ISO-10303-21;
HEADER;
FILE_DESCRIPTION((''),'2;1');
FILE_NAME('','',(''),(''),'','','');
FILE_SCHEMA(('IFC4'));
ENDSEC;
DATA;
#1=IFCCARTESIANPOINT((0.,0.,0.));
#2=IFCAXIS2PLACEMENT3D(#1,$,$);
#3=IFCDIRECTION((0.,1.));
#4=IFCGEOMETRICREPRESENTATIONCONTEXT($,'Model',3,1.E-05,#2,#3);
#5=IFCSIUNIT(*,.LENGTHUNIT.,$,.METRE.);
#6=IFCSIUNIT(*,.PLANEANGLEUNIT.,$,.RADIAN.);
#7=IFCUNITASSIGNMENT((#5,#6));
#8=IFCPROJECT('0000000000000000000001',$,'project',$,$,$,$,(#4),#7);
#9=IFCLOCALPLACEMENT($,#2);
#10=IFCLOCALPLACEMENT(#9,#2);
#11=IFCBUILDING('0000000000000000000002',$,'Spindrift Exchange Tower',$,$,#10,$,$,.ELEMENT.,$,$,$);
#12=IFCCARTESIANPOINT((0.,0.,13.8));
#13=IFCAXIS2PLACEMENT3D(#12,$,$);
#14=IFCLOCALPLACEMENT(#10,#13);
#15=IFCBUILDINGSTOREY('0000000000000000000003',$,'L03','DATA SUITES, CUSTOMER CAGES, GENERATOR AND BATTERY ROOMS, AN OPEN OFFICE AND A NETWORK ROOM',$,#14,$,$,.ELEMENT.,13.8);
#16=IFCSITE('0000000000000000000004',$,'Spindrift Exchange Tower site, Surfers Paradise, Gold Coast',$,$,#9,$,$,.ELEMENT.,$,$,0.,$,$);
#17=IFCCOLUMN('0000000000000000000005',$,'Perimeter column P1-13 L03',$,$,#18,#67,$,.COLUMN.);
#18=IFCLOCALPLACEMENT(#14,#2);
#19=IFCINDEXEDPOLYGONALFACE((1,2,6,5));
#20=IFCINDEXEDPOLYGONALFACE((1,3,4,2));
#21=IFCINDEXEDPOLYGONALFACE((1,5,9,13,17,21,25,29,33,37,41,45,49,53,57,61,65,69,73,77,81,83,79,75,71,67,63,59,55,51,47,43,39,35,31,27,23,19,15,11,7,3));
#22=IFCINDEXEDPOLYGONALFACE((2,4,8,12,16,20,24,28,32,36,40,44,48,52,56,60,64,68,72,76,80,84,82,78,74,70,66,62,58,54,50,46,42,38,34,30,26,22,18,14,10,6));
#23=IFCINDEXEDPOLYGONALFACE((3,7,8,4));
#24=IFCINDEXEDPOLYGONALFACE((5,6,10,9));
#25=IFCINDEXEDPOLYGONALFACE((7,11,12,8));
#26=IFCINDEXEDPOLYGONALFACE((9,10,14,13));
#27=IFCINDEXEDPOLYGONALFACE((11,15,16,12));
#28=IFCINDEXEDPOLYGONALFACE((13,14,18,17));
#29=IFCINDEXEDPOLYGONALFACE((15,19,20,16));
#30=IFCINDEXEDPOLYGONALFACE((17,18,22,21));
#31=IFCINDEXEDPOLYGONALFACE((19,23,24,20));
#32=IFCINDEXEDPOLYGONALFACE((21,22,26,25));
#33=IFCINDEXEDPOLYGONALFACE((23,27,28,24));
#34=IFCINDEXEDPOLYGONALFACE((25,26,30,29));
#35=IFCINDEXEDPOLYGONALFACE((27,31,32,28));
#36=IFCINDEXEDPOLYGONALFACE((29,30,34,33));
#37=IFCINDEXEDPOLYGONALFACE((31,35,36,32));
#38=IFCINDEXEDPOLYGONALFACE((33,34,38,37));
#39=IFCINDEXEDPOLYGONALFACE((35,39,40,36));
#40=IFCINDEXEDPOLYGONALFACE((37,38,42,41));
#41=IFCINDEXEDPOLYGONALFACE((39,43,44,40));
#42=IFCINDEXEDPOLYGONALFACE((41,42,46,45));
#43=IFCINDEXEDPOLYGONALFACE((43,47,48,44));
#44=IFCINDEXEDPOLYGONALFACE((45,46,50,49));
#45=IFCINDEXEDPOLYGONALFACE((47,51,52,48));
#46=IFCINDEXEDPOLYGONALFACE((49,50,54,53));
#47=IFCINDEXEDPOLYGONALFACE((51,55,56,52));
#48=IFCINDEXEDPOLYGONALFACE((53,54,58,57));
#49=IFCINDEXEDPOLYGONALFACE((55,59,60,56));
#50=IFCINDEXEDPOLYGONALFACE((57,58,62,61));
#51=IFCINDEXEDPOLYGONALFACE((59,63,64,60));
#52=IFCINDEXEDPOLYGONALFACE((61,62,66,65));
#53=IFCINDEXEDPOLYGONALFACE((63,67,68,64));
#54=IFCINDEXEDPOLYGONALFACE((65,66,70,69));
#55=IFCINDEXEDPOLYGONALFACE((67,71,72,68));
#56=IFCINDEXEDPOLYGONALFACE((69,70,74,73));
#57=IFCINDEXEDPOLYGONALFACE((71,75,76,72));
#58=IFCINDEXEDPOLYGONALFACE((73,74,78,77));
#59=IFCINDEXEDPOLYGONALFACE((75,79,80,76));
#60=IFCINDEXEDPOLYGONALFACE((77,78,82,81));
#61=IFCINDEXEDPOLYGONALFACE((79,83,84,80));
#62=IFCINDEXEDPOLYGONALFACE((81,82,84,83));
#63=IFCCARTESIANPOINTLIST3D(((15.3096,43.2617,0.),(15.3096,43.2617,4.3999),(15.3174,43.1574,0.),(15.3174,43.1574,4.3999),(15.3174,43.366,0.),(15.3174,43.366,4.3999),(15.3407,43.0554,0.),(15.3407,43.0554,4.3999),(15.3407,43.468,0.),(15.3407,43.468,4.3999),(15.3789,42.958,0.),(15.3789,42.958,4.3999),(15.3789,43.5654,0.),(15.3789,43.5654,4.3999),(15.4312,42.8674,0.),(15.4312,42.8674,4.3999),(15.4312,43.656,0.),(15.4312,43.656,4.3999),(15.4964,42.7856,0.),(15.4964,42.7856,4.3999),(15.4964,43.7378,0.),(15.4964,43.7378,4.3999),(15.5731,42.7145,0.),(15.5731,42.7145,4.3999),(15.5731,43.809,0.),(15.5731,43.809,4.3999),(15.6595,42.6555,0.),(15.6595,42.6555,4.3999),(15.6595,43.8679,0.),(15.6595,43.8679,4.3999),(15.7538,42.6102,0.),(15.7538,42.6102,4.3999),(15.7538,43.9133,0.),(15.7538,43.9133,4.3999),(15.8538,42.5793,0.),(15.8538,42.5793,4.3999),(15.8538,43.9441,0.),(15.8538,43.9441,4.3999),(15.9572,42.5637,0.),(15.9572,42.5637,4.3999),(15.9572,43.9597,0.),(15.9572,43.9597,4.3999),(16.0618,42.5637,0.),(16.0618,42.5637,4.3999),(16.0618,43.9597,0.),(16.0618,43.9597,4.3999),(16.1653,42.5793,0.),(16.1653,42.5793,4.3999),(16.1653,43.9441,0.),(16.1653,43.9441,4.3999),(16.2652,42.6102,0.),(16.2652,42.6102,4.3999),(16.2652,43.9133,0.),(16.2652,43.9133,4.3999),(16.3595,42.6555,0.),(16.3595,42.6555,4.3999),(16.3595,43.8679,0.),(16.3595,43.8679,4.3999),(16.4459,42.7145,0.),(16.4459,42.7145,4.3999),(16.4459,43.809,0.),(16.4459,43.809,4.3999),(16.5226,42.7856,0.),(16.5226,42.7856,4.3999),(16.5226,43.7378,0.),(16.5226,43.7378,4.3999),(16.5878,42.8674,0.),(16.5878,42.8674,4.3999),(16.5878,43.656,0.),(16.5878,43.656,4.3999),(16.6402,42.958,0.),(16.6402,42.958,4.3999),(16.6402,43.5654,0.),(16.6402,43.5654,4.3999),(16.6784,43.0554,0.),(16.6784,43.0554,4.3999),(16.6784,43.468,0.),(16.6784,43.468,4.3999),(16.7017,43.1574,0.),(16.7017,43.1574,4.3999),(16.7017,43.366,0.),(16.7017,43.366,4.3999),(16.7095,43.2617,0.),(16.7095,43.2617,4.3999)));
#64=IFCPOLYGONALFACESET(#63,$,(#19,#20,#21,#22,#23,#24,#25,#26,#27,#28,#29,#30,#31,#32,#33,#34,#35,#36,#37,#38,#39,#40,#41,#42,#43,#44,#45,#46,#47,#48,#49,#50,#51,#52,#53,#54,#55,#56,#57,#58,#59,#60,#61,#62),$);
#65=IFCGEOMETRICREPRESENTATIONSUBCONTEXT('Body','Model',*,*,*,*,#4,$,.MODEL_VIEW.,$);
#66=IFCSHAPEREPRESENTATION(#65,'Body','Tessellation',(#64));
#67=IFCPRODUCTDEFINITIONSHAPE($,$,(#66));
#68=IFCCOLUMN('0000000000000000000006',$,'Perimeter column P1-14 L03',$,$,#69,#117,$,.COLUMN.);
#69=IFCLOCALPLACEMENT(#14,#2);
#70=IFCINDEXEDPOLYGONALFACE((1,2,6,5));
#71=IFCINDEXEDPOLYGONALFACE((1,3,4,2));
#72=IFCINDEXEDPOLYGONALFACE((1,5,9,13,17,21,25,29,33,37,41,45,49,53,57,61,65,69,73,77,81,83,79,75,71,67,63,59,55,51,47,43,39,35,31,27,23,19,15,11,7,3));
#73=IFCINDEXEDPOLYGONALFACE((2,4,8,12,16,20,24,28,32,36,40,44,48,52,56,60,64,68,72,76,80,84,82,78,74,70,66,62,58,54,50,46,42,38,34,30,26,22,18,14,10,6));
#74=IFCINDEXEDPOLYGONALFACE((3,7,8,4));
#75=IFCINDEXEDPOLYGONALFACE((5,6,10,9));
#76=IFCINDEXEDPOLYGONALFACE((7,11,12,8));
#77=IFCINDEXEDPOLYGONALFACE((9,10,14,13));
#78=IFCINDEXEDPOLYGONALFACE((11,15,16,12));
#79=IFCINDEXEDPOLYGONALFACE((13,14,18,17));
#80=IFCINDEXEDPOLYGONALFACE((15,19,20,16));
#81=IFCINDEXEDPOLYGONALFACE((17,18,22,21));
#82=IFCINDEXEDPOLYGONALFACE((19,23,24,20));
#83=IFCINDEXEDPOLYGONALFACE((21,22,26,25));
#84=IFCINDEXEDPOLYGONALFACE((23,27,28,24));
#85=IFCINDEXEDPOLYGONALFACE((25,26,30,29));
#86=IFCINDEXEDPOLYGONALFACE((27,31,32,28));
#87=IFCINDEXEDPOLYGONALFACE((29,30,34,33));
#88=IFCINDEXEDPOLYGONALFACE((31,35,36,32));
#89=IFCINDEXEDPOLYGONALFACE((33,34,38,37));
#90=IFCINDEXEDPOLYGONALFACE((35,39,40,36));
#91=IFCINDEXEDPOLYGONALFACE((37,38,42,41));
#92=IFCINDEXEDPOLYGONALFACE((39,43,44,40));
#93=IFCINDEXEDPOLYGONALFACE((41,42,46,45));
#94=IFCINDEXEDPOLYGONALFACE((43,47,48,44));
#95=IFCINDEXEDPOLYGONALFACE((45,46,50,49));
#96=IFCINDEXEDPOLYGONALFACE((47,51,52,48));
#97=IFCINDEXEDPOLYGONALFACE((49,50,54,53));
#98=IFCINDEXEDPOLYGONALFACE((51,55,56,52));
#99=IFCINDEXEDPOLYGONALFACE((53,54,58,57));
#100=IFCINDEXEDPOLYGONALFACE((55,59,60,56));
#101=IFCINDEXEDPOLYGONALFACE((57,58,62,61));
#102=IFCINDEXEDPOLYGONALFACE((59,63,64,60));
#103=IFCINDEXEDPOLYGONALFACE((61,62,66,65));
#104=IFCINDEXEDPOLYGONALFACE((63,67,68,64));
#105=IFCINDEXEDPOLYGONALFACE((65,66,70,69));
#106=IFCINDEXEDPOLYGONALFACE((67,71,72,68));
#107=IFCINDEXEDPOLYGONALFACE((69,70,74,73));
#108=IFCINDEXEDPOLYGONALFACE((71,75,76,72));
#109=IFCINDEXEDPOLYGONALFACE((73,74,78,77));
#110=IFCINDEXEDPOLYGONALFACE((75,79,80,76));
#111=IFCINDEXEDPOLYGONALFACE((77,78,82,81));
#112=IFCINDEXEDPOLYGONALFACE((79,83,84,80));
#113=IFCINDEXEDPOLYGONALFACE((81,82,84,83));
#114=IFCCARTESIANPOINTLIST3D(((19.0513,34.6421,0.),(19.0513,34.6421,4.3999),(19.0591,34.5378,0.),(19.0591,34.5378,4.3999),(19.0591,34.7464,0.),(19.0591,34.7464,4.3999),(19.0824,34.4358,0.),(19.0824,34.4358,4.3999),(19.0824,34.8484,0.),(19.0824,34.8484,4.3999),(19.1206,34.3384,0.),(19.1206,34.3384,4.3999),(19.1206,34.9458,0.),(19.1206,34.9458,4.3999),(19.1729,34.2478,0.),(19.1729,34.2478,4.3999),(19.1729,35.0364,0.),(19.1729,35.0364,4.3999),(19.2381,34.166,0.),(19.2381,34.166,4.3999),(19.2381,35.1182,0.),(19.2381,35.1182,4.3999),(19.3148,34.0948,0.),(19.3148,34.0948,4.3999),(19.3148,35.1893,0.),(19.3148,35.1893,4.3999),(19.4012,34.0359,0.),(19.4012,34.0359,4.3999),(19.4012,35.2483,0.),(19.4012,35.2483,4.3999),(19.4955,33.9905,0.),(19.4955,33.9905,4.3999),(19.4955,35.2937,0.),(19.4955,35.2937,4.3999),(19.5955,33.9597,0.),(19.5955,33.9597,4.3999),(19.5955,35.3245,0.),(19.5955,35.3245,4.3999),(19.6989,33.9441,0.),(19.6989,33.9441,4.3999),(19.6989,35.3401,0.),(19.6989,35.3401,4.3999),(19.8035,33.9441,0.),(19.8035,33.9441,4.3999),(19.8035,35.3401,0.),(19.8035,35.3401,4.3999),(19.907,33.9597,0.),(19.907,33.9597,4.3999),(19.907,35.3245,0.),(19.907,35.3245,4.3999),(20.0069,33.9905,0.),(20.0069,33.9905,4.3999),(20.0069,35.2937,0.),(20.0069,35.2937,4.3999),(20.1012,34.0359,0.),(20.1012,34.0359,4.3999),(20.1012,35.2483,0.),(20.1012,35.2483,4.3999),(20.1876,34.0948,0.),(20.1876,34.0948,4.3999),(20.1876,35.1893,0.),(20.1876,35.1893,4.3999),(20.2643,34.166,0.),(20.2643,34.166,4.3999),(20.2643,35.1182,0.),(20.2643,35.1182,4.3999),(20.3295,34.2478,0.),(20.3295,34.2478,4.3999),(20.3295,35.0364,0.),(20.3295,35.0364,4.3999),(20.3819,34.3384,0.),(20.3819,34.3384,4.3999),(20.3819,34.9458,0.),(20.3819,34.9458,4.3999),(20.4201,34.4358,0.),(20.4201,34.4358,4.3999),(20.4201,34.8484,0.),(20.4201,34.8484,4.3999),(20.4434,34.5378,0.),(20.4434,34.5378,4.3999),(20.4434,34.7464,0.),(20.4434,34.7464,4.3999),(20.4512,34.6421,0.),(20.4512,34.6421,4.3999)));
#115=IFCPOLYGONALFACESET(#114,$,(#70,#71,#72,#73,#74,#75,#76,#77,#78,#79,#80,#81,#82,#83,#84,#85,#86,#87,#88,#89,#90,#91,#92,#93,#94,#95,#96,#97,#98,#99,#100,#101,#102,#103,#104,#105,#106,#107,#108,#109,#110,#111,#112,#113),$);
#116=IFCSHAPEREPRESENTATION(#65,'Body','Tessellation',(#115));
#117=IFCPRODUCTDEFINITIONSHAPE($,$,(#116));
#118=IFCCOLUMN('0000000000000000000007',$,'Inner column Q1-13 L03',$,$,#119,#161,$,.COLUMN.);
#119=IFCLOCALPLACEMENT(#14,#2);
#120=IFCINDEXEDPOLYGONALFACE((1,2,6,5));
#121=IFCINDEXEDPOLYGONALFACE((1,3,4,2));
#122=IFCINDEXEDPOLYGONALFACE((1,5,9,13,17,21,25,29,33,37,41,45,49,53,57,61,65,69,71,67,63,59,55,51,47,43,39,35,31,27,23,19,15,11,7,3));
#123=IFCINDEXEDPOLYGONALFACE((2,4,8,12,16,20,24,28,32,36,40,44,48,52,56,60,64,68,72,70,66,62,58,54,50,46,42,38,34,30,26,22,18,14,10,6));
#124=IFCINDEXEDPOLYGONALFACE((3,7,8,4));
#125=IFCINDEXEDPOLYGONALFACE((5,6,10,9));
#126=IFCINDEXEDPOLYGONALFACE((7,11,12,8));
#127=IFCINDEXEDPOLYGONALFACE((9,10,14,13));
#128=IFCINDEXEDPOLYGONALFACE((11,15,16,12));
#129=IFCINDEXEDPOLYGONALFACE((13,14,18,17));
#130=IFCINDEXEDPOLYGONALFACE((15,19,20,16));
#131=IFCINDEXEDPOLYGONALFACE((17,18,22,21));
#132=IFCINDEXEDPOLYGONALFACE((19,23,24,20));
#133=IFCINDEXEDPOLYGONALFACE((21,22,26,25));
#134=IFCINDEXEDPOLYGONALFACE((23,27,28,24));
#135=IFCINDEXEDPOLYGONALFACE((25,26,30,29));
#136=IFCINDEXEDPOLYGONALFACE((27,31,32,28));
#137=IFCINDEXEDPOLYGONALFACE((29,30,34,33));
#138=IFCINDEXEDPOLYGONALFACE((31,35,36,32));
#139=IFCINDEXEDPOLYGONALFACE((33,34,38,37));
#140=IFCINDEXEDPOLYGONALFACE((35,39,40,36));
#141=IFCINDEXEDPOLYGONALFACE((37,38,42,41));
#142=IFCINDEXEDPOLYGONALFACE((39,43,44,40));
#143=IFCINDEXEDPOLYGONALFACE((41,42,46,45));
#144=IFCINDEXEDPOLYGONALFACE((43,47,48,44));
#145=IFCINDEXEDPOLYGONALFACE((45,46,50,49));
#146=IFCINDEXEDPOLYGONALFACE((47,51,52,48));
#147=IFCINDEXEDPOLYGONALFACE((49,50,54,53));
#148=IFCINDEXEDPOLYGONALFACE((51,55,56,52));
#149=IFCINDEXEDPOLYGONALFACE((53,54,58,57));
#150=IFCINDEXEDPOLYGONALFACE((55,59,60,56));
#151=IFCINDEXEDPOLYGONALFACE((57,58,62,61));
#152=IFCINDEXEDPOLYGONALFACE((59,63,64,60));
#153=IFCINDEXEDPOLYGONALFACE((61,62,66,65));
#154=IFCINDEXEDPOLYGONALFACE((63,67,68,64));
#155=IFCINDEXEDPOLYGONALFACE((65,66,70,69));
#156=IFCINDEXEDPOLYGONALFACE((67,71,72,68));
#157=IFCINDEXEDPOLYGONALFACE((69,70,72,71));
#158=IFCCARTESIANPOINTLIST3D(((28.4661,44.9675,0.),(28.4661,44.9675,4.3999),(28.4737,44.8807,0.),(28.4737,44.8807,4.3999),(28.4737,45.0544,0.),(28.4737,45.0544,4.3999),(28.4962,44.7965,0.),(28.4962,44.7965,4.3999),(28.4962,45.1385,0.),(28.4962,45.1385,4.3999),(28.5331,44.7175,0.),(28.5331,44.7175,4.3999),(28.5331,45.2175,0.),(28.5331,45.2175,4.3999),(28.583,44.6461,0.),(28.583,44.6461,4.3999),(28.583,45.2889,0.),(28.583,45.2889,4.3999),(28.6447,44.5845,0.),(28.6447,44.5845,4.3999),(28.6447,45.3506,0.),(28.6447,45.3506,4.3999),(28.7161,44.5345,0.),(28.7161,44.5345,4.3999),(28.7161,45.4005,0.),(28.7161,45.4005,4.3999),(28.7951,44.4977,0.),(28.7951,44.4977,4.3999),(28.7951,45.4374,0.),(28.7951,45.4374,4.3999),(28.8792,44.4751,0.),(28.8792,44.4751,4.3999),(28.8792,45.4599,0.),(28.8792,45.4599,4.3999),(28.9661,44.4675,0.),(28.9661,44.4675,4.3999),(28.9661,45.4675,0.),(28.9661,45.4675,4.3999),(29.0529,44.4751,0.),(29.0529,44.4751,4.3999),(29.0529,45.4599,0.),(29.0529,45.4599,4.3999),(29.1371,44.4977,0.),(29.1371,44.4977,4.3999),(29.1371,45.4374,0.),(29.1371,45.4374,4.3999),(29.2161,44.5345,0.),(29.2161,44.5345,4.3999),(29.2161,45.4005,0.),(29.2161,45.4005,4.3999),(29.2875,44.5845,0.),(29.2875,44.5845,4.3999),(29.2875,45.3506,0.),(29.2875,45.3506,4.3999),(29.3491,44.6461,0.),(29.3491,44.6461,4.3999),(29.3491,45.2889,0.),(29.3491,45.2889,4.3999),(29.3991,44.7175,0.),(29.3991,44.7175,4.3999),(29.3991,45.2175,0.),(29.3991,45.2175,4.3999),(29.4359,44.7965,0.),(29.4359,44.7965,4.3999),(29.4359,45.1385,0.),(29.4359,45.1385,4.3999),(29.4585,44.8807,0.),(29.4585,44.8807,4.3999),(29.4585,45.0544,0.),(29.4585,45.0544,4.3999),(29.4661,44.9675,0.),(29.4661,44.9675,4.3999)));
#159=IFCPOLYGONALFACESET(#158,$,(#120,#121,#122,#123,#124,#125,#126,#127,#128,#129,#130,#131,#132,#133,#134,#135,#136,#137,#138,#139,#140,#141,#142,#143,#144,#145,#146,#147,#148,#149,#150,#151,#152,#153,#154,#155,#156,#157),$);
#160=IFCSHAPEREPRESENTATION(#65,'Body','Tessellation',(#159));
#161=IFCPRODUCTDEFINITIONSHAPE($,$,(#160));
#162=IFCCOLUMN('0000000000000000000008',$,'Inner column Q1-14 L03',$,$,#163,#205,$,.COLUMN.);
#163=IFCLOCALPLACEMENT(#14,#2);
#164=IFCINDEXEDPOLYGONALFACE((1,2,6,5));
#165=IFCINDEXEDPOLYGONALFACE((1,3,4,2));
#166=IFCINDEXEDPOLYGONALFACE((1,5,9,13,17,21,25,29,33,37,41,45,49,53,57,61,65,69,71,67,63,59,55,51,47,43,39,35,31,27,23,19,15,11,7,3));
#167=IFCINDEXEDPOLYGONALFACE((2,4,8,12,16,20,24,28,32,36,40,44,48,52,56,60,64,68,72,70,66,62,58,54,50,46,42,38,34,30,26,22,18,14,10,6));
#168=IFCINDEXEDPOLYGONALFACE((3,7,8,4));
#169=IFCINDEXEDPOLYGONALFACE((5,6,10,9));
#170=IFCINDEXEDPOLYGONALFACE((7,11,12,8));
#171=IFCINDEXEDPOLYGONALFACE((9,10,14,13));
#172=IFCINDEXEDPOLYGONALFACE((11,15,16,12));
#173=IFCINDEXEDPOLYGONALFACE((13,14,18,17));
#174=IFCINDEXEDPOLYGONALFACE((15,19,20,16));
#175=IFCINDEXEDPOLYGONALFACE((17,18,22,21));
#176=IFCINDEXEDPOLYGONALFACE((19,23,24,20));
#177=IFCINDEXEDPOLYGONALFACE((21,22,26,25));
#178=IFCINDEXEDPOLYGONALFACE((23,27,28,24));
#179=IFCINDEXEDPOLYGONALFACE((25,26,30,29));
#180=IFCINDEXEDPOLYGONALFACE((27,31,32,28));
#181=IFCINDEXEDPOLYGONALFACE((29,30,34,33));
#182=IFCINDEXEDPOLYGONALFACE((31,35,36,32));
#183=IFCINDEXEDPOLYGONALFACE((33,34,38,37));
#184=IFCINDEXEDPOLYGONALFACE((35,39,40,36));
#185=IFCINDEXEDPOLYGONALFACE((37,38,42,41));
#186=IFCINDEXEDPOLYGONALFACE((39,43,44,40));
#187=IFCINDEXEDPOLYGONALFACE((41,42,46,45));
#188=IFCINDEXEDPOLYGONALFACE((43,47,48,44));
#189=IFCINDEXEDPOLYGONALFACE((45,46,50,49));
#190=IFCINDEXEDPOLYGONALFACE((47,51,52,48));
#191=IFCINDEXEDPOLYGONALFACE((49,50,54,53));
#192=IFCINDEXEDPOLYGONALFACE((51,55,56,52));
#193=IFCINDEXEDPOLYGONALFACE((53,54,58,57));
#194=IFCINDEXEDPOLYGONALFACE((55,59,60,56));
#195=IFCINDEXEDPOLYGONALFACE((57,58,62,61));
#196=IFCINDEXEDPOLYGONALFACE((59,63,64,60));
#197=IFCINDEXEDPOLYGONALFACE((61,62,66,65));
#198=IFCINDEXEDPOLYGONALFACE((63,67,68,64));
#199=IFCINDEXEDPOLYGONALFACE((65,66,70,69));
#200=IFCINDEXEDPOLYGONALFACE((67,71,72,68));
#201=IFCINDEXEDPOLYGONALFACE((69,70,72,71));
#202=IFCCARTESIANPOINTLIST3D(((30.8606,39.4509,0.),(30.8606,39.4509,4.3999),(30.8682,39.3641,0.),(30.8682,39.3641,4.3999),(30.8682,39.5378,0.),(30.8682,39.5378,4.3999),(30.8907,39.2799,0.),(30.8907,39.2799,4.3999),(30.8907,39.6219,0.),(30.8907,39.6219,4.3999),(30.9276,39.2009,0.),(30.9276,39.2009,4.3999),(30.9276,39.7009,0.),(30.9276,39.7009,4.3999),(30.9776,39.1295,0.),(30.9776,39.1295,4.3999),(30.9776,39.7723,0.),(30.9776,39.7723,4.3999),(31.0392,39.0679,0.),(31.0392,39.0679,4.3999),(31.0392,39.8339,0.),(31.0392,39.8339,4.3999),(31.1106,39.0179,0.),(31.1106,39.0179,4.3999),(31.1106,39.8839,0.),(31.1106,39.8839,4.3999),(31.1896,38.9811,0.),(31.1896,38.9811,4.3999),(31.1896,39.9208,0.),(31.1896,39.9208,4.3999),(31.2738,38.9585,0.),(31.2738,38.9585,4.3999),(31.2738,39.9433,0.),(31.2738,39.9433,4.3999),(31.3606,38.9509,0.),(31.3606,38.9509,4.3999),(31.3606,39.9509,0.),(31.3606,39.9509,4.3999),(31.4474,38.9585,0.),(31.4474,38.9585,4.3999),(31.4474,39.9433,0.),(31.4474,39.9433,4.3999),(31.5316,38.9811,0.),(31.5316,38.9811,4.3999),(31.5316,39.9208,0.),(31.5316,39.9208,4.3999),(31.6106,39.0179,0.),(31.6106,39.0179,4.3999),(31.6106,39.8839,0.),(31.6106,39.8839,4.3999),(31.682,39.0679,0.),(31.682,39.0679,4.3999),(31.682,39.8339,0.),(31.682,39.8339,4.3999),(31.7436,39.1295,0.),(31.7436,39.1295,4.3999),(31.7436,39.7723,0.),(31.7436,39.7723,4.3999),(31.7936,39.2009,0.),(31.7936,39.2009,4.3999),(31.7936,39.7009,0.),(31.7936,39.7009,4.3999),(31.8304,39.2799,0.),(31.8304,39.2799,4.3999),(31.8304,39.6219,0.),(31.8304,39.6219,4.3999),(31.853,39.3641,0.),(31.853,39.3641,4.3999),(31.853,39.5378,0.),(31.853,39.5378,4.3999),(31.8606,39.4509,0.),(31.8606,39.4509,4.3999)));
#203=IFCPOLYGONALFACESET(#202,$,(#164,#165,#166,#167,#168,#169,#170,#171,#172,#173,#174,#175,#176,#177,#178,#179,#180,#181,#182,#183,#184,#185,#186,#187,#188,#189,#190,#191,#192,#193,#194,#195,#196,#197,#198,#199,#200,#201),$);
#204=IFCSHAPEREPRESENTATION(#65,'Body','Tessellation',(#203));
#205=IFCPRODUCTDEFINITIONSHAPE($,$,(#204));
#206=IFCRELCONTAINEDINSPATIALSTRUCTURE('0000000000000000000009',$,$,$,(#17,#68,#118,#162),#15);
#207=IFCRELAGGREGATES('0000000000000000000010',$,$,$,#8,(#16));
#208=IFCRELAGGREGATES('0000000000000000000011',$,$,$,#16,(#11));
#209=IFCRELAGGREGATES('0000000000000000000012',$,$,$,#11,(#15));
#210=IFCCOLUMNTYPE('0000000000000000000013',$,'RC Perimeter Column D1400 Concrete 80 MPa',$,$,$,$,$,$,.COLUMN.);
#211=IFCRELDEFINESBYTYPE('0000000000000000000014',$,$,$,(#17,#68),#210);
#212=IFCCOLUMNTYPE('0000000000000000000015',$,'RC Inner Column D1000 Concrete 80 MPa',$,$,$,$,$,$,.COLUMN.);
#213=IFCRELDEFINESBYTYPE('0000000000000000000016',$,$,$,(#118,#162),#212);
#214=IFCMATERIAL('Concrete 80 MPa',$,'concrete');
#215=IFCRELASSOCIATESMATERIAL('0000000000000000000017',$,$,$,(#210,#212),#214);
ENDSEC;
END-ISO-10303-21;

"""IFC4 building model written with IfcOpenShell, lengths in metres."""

from ifc_helpers import new_model, si_unit, direction, frame, origin, origin_2d, place, context, subcontext, project, spatial, circle, extrude, source, transform, mapped, material, material_profile, profile_set, type_object, element, save


model = new_model("IFC4")

# Units and contexts
model_context = context("Model", 3, precision=1e-05, world=origin(), true_north=direction((0.0, 1.0)))
body_context = subcontext(model_context, "Body", "Model", "MODEL_VIEW")
ifc_project = project(units=[si_unit("LENGTHUNIT", "METRE"), si_unit("PLANEANGLEUNIT", "RADIAN")], contexts=[model_context])

# Site, building, storey
site_placement = place(None, origin())
site = spatial("IfcSite", under=ifc_project, at=site_placement, Name="Spindrift Exchange Tower site, Surfers Paradise, Gold Coast", CompositionType="ELEMENT", RefElevation=0.0)
building_placement = place(site_placement, origin())
building = spatial("IfcBuilding", under=site, at=building_placement, Name="Spindrift Exchange Tower", CompositionType="ELEMENT")
storey_placement = place(building_placement, frame((0.0, 0.0, 13.8)))
storey = spatial("IfcBuildingStorey", under=building, at=storey_placement, Name="L03", Description="DATA SUITES, CUSTOMER CAGES, GENERATOR AND BATTERY ROOMS, AN OPEN OFFICE AND A NETWORK ROOM", CompositionType="ELEMENT", Elevation=13.8)

# Columns
ifc_material_1 = material(Name="Concrete 80 MPa", Category="concrete")
ifc_material_profile_1 = material_profile(ifc_material_1, circle(Radius=0.7, at=origin_2d()), Name="RC D1400")
ifc_profile_set_1 = profile_set([ifc_material_profile_1], Name="Concrete 80 MPa")
column_type_1 = type_object("IfcColumnType", Name="RC Perimeter Column D1400 Concrete 80 MPa", PredefinedType="COLUMN", material=ifc_profile_set_1)
shared_shape_1 = source(origin(), body_context, "Body", "SweptSolid", [
    extrude(circle(Radius=0.7, at=origin_2d()), origin(), (0.0, 0.0, 1.0), 4.3999),
])
for number, where, z_axis, x_axis, name in (
    (1, (16.0095, 43.2617, 0.0), (0.0, 0.0, 1.0), (1.0, 0.0, 0.0), "Perimeter column P1-13 L03"),
    (2, (19.7512, 34.6421, 0.0), (0.0, 0.0, 1.0), (1.0, 0.0, 0.0), "Perimeter column P1-14 L03"),
):
    element("IfcColumn", number, at=place(storey_placement, frame(where, z_axis=z_axis, x_axis=x_axis)), inside=storey, type_object=column_type_1, Name=name, PredefinedType="COLUMN", context=body_context, shape_type="MappedRepresentation", body=[
        mapped(shared_shape_1, transform((0.0, 0.0, 0.0), scale=1.0)),
    ])
ifc_material_profile_2 = material_profile(ifc_material_1, circle(Radius=0.5, at=origin_2d()), Name="RC D1000")
ifc_profile_set_2 = profile_set([ifc_material_profile_2], Name="Concrete 80 MPa")
column_type_2 = type_object("IfcColumnType", Name="RC Inner Column D1000 Concrete 80 MPa", PredefinedType="COLUMN", material=ifc_profile_set_2)
shared_shape_2 = source(origin(), body_context, "Body", "SweptSolid", [
    extrude(circle(Radius=0.5, at=origin_2d()), origin(), (0.0, 0.0, 1.0), 4.3999),
])
for number, where, z_axis, x_axis, name in (
    (3, (28.9661, 44.9675, 0.0), (0.0, 0.0, 1.0), (1.0, 0.0, 0.0), "Inner column Q1-13 L03"),
    (4, (31.3606, 39.4509, 0.0), (0.0, 0.0, 1.0), (1.0, 0.0, 0.0), "Inner column Q1-14 L03"),
):
    element("IfcColumn", number, at=place(storey_placement, frame(where, z_axis=z_axis, x_axis=x_axis)), inside=storey, type_object=column_type_2, Name=name, PredefinedType="COLUMN", context=body_context, shape_type="MappedRepresentation", body=[
        mapped(shared_shape_2, transform((0.0, 0.0, 0.0), scale=1.0)),
    ])

save(model, "model.ifc")
